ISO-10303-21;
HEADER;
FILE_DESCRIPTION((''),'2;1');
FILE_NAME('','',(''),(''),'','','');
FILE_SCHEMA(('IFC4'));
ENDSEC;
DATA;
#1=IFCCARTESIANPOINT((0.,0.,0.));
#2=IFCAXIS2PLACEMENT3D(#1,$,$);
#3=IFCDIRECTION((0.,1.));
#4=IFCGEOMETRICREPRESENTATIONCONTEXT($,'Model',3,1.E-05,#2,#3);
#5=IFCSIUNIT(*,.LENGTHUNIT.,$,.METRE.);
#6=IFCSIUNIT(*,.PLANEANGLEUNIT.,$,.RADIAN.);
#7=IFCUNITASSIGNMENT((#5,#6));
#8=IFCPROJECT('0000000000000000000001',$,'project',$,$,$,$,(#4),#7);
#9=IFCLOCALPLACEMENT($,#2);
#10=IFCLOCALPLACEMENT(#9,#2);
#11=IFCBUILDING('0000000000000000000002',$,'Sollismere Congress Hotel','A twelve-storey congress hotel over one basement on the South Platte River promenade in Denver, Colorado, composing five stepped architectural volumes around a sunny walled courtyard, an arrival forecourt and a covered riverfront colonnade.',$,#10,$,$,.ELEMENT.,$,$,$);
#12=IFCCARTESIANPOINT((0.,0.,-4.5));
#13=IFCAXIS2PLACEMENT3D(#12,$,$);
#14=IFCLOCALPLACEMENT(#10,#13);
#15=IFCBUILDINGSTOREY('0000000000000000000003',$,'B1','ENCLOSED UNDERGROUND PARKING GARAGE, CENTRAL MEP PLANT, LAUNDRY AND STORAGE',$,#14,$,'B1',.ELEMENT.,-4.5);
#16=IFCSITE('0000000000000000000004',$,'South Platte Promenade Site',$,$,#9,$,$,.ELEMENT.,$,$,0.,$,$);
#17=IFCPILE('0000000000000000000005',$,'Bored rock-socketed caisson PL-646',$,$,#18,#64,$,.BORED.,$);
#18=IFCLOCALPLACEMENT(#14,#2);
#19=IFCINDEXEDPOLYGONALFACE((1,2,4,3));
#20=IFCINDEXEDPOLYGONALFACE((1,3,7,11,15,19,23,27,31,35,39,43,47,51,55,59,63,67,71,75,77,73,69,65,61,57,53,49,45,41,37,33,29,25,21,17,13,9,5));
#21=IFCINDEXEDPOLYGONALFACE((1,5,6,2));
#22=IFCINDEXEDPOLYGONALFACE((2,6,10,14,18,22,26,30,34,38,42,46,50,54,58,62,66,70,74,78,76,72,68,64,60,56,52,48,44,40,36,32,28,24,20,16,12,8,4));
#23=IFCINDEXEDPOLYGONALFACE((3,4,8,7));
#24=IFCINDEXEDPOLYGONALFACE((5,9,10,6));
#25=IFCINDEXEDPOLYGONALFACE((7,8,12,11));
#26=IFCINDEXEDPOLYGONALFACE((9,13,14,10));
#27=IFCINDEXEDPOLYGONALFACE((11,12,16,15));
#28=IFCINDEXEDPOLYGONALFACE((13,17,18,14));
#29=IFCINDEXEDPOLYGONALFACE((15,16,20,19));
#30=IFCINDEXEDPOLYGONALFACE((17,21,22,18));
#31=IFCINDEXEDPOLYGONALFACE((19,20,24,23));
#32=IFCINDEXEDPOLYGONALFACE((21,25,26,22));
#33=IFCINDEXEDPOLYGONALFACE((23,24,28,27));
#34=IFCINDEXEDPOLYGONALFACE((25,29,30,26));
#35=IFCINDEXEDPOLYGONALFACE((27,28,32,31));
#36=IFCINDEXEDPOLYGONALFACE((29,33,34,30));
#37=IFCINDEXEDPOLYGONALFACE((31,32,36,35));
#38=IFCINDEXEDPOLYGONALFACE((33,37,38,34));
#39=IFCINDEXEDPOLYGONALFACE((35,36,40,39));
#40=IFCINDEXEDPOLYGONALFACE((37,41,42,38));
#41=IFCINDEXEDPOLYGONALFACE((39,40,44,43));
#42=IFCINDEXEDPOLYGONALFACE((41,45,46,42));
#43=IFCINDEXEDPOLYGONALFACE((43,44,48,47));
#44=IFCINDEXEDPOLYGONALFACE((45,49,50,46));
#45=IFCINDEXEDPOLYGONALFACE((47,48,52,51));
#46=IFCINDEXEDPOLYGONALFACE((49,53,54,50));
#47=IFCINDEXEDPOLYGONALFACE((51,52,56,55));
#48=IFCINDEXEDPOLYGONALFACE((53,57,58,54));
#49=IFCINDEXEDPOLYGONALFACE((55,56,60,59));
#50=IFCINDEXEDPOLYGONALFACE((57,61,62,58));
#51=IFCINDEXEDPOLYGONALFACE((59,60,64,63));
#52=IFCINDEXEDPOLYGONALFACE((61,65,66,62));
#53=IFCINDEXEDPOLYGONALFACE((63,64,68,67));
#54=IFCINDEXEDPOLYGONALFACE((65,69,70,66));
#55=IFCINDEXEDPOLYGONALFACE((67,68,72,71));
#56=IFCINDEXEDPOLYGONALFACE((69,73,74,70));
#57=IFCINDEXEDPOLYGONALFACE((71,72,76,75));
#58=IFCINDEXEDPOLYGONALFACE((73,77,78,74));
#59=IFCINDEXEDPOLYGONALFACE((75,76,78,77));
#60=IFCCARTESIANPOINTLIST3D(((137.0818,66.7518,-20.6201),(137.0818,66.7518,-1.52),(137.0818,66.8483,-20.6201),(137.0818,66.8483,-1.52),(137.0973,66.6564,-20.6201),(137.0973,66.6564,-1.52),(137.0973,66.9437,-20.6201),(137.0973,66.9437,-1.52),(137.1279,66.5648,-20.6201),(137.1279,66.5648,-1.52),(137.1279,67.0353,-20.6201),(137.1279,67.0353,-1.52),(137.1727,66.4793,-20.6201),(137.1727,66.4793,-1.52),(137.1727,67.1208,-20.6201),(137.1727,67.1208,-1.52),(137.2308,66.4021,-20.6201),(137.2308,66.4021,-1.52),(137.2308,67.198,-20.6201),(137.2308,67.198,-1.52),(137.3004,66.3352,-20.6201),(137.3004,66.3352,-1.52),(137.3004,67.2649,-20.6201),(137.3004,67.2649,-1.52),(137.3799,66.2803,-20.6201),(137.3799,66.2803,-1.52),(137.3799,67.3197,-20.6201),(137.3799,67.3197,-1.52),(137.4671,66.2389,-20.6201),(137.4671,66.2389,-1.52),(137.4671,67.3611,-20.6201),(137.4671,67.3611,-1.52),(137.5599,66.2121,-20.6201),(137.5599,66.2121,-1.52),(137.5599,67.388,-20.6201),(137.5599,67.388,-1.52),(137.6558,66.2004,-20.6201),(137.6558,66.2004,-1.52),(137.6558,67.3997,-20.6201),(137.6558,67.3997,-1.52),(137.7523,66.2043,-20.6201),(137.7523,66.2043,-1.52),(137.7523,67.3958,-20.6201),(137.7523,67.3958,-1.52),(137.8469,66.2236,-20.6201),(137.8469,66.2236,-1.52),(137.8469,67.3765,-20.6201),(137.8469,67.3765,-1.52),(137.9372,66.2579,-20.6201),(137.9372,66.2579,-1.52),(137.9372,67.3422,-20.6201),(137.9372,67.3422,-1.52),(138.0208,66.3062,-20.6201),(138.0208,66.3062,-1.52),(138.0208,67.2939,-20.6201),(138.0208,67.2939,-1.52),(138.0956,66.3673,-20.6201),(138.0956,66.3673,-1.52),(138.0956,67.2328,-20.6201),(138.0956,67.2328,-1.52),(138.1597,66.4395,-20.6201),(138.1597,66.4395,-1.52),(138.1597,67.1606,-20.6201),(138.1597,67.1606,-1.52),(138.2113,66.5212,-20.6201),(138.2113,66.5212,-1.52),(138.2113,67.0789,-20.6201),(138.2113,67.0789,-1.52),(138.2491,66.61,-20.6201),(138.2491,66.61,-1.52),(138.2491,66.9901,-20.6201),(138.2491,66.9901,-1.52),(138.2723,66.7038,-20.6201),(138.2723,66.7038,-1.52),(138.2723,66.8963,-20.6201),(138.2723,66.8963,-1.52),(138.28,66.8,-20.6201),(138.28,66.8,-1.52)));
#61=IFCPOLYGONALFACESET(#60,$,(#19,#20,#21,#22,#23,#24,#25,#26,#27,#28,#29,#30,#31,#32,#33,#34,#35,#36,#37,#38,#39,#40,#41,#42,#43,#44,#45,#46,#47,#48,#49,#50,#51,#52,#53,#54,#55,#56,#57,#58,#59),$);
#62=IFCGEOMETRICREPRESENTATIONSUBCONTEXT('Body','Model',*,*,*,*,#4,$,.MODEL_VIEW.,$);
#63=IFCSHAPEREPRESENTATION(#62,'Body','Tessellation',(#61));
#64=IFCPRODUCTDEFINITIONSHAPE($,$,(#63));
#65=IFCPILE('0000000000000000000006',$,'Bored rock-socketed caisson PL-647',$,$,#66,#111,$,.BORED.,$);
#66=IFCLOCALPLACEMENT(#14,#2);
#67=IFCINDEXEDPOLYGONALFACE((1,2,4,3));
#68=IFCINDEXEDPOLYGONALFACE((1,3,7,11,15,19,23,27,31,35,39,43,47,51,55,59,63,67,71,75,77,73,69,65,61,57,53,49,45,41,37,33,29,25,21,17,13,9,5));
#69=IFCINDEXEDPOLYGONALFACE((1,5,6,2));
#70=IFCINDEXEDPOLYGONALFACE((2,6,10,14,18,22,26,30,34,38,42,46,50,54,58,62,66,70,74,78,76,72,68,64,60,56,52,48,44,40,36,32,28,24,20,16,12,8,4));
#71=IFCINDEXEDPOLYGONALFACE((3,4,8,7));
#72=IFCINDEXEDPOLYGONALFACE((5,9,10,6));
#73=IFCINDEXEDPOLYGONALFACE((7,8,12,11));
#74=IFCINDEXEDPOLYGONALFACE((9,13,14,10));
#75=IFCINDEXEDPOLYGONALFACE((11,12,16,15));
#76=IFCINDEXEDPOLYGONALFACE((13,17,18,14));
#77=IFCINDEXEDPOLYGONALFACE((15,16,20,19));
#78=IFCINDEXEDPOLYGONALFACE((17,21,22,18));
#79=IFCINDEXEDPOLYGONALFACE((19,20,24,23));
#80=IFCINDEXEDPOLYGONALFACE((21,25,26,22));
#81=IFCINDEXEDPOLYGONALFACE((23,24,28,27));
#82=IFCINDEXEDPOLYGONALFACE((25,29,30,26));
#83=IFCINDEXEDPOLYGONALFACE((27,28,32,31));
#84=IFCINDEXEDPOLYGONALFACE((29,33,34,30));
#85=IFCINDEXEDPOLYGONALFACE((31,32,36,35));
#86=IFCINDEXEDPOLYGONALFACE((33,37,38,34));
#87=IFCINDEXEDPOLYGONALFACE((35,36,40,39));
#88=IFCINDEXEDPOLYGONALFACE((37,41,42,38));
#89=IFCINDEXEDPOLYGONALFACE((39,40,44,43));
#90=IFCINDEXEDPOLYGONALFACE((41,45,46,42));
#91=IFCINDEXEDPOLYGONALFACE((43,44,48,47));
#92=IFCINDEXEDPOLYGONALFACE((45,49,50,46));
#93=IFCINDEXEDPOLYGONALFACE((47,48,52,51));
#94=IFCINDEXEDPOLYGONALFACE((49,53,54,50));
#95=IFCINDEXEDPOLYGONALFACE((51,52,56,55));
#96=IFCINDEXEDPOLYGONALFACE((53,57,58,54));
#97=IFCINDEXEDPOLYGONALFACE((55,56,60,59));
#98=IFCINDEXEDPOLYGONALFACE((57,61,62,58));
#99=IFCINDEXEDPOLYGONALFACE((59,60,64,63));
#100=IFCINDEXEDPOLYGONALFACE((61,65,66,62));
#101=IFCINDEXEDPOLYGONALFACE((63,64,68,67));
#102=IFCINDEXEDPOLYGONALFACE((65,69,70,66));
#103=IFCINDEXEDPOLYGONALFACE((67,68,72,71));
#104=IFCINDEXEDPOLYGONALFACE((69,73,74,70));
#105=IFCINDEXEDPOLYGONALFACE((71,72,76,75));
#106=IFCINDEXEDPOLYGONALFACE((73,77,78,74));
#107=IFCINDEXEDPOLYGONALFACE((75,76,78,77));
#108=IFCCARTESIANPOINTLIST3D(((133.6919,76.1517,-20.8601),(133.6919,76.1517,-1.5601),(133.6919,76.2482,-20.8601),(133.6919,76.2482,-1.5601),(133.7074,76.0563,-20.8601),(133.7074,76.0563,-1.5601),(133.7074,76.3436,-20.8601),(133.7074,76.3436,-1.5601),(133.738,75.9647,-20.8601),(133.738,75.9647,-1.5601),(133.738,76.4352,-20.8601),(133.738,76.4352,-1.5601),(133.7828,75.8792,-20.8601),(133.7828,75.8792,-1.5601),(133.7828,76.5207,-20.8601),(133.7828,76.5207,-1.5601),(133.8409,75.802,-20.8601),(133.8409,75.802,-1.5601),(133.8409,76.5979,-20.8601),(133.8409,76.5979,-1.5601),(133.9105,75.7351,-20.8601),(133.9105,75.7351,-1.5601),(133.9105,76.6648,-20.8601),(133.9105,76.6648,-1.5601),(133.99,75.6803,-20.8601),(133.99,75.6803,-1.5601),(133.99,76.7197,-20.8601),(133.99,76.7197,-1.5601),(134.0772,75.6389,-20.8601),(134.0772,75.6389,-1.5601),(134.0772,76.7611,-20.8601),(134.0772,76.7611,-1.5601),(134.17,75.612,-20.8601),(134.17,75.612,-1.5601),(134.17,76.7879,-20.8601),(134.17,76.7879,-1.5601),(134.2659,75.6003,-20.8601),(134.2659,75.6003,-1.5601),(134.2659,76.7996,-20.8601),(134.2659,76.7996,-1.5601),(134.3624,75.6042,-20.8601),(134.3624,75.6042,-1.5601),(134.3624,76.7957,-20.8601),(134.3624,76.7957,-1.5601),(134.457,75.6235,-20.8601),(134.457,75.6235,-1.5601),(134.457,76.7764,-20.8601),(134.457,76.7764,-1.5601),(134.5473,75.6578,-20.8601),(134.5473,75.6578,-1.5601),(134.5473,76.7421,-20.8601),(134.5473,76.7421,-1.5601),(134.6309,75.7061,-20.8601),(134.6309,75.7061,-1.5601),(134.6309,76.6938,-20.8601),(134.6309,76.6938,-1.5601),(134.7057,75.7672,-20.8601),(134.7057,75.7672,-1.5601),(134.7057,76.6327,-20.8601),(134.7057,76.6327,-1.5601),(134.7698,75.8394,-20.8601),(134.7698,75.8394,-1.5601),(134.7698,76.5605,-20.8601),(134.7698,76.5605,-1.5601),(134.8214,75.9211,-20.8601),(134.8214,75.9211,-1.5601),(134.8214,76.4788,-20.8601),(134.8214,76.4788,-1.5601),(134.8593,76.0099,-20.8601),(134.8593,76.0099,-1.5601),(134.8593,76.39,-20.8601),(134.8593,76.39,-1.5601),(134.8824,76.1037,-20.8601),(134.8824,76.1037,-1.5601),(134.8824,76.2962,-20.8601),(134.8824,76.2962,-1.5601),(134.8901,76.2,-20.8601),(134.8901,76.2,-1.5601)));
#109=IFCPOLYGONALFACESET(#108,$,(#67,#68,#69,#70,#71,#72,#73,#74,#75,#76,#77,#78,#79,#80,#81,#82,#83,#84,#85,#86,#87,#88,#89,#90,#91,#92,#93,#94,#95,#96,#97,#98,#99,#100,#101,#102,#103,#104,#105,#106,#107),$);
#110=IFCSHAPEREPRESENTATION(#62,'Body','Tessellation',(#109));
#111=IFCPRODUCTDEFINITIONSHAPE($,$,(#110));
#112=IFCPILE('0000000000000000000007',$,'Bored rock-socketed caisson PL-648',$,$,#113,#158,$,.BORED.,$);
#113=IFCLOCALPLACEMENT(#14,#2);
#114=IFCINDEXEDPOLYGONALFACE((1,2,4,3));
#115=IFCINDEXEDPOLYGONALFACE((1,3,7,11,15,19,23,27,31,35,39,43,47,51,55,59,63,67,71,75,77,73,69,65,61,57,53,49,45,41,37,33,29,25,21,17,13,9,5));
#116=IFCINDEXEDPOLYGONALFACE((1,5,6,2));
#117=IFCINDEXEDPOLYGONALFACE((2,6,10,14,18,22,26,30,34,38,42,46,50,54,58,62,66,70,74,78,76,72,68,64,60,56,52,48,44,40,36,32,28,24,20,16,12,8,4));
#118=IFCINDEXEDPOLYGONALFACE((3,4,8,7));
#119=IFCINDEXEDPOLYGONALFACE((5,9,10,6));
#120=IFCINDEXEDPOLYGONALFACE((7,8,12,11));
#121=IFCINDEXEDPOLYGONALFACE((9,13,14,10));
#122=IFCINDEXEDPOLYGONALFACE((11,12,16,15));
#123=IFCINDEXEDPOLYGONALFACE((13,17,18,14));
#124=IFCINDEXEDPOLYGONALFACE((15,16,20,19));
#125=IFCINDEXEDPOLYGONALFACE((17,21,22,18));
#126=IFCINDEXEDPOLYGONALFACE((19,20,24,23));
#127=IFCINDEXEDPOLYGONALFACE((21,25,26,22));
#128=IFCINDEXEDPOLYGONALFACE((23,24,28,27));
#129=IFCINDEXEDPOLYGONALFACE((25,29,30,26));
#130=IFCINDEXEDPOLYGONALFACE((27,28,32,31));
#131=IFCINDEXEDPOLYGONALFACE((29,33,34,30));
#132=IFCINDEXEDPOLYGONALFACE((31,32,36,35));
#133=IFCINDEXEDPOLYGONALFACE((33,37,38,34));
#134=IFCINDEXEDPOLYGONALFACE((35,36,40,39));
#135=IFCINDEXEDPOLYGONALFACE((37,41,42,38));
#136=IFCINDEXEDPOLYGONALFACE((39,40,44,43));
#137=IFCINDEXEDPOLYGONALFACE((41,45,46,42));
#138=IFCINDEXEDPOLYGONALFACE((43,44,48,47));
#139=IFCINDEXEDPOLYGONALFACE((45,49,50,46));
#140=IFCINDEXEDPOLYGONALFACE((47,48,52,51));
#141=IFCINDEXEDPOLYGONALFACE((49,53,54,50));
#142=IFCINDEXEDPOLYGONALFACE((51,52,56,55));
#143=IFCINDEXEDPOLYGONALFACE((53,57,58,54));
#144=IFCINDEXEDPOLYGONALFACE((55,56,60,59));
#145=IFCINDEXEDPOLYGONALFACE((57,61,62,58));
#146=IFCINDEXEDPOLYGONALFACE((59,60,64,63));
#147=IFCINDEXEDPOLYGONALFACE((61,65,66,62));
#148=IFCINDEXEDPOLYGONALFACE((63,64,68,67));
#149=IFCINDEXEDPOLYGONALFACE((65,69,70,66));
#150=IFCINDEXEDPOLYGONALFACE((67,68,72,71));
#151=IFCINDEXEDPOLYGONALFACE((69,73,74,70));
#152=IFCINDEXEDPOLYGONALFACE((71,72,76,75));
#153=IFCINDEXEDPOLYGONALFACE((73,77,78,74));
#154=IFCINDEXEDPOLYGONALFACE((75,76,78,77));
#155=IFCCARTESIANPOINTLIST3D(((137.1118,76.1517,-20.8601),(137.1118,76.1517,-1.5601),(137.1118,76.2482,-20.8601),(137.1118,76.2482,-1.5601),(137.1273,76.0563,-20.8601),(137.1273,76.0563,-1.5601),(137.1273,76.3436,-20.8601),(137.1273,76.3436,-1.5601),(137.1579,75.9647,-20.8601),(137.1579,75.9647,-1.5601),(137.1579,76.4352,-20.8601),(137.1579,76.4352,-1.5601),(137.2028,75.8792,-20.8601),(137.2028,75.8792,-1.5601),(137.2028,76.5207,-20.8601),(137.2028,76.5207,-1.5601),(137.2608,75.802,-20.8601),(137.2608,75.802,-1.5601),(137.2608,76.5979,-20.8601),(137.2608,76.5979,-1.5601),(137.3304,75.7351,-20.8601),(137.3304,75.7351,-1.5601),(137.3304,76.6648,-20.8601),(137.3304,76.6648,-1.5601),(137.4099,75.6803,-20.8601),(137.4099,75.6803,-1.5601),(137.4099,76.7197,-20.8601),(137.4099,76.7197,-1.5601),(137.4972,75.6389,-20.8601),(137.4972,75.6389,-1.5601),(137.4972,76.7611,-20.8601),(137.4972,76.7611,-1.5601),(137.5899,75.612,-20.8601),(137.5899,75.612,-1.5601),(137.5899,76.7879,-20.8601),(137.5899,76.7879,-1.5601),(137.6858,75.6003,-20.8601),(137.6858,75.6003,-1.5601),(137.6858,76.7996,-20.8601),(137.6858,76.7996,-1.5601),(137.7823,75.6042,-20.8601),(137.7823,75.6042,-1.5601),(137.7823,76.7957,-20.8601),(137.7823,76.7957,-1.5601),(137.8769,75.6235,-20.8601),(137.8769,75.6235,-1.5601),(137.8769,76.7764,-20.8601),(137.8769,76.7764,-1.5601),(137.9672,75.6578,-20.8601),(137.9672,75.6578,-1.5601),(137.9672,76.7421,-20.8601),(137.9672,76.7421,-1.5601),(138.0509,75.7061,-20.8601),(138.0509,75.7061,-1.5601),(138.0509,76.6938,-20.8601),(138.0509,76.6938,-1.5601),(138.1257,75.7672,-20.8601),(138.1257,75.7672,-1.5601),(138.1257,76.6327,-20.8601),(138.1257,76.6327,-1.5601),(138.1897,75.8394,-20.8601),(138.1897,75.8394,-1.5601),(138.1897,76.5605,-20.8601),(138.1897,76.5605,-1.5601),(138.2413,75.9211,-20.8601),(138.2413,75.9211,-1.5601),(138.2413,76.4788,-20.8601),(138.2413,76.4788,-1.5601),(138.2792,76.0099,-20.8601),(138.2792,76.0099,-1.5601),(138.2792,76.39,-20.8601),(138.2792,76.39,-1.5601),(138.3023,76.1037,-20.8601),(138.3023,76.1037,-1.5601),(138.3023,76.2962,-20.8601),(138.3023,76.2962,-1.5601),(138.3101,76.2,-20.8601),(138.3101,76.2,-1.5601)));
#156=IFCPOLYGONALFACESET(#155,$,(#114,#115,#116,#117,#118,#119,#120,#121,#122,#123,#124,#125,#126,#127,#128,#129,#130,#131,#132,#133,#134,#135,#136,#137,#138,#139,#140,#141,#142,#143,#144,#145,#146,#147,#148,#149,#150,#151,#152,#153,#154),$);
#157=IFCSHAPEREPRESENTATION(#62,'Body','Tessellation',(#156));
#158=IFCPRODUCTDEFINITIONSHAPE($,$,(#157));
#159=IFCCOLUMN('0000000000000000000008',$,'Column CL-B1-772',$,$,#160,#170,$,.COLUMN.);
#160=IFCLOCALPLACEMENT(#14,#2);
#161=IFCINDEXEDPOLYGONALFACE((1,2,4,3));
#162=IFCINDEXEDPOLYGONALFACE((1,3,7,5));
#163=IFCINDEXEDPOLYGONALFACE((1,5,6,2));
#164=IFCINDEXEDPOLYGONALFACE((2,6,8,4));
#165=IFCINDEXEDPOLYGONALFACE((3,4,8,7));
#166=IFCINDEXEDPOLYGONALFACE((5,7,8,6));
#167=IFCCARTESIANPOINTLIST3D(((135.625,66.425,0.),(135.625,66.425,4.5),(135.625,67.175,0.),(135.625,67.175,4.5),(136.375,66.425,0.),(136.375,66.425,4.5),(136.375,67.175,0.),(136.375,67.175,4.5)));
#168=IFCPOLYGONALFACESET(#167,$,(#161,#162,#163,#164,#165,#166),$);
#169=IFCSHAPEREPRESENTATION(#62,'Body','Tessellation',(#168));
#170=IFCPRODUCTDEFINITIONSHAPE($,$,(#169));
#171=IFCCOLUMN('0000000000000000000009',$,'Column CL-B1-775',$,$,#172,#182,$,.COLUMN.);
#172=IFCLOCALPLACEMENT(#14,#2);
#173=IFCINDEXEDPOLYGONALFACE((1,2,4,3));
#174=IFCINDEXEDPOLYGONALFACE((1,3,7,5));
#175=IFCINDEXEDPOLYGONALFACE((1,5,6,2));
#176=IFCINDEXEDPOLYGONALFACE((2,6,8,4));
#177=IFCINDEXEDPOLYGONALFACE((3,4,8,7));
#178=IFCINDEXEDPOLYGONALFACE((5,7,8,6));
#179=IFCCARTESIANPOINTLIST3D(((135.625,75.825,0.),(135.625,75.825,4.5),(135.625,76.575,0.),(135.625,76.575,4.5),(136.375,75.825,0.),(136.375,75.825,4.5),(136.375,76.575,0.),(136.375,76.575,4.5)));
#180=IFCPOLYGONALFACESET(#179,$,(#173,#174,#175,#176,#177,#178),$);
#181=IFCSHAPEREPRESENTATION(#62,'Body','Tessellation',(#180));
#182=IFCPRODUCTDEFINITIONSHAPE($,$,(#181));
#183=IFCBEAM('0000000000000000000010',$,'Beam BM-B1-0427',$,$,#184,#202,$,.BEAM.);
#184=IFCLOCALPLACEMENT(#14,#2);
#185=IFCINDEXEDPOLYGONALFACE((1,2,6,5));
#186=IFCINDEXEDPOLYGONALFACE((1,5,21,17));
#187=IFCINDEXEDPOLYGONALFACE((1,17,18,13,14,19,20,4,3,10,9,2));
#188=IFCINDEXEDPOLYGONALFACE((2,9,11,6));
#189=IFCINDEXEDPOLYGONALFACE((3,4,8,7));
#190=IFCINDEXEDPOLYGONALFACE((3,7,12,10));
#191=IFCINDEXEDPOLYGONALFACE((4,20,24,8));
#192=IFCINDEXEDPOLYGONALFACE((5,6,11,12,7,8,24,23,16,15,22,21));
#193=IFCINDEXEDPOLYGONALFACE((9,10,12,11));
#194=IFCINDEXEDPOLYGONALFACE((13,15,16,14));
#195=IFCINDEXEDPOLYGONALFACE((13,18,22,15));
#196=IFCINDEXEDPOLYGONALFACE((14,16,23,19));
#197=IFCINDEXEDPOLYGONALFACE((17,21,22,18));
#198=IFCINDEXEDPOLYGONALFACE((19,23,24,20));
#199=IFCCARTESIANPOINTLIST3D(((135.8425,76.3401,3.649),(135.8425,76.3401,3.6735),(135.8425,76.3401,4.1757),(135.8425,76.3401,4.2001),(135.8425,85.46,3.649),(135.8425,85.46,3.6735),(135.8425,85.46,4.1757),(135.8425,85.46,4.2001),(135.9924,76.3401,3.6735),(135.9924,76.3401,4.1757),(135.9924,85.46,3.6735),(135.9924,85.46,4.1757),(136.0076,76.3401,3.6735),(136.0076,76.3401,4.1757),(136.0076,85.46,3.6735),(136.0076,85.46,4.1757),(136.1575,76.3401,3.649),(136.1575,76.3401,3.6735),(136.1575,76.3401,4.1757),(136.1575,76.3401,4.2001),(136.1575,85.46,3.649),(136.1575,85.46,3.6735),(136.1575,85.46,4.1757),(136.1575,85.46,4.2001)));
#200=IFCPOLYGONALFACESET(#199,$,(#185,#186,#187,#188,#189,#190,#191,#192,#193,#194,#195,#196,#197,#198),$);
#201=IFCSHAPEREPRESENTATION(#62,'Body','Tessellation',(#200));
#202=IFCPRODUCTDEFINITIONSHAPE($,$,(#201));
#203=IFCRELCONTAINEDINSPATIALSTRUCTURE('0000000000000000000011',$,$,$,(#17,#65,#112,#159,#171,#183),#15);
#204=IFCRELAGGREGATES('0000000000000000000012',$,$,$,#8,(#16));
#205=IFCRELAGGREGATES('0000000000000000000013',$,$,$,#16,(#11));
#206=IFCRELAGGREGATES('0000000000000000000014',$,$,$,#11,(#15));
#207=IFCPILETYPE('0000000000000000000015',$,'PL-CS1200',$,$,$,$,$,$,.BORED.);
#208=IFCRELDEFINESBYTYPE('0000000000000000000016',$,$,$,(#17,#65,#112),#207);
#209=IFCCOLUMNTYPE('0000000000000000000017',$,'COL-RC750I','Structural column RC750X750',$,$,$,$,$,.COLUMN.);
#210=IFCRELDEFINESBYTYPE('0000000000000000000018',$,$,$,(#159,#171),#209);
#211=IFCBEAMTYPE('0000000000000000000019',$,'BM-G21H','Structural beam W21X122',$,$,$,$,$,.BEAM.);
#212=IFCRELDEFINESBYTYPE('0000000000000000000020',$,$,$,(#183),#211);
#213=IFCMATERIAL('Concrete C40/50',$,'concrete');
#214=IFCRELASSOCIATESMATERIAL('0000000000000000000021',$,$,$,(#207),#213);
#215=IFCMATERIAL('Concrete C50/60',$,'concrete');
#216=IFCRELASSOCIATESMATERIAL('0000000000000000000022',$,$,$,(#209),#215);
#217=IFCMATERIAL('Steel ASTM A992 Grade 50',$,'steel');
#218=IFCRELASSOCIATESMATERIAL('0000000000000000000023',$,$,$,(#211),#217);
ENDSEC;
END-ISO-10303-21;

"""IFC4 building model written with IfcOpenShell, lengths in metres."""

from ifc_helpers import new_model, si_unit, direction, frame, origin, origin_2d, place, context, subcontext, project, spatial, rectangle, circle, i_section, extrude, material, material_profile, profile_set, type_object, element, save


model = new_model("IFC4")

# Units and contexts
model_context = context("Model", 3, precision=1e-05, world=origin(), true_north=direction((0.0, 1.0)))
body_context = subcontext(model_context, "Body", "Model", "MODEL_VIEW")
ifc_project = project(units=[si_unit("LENGTHUNIT", "METRE"), si_unit("PLANEANGLEUNIT", "RADIAN")], contexts=[model_context])

# Site, building, storey
site_placement = place(None, origin())
site = spatial("IfcSite", under=ifc_project, at=site_placement, Name="South Platte Promenade Site", CompositionType="ELEMENT", RefElevation=0.0)
building_placement = place(site_placement, origin())
building = spatial("IfcBuilding", under=site, at=building_placement, Name="Sollismere Congress Hotel", Description="A twelve-storey congress hotel over one basement on the South Platte River promenade in Denver, Colorado, composing five stepped architectural volumes around a sunny walled courtyard, an arrival forecourt and a covered riverfront colonnade.", CompositionType="ELEMENT")
storey_placement = place(building_placement, frame((0.0, 0.0, -4.5)))
storey = spatial("IfcBuildingStorey", under=building, at=storey_placement, Name="B1", Description="ENCLOSED UNDERGROUND PARKING GARAGE, CENTRAL MEP PLANT, LAUNDRY AND STORAGE", LongName="B1", CompositionType="ELEMENT", Elevation=-4.5)

# Shared definitions
ifc_material_1 = material(Name="Concrete C40/50", Category="concrete")

# Piles
ifc_material_profile_1 = material_profile(ifc_material_1, circle(Radius=0.6001, at=origin_2d()), Name="CAISSON1200")
ifc_profile_set_1 = profile_set([ifc_material_profile_1], Name="Concrete C40/50")
pile_type = type_object("IfcPileType", Name="PL-CS1200", PredefinedType="BORED", material=ifc_profile_set_1)
for number, where, z_axis, x_axis, name in (
    (1, (137.6799, 66.8, -1.52), (0.0, 0.0, -1.0), (1.0, 0.0, 0.0), "Bored rock-socketed caisson PL-646"),
):
    element("IfcPile", number, at=place(storey_placement, frame(where, z_axis=z_axis, x_axis=x_axis)), inside=storey, type_object=pile_type, Name=name, PredefinedType="BORED", context=body_context, shape_type="SweptSolid", body=[
        extrude(circle(Radius=0.6001, at=origin_2d()), origin(), (0.0, 0.0, 1.0), 19.1001),
    ])
for number, where, z_axis, x_axis, name in (
    (2, (134.29, 76.2, -1.5601), (0.0, 0.0, -1.0), (1.0, 0.0, 0.0), "Bored rock-socketed caisson PL-647"),
    (3, (137.71, 76.2, -1.5601), (0.0, 0.0, -1.0), (1.0, 0.0, 0.0), "Bored rock-socketed caisson PL-648"),
):
    element("IfcPile", number, at=place(storey_placement, frame(where, z_axis=z_axis, x_axis=x_axis)), inside=storey, type_object=pile_type, Name=name, PredefinedType="BORED", context=body_context, shape_type="SweptSolid", body=[
        extrude(circle(Radius=0.6001, at=origin_2d()), origin(), (0.0, 0.0, 1.0), 19.3),
    ])

# Columns
ifc_material_2 = material(Name="Concrete C50/60", Category="concrete")
ifc_material_profile_2 = material_profile(ifc_material_2, rectangle(XDim=0.75, YDim=0.75, at=origin_2d()), Name="RC750X750")
ifc_profile_set_2 = profile_set([ifc_material_profile_2], Name="Concrete C50/60")
column_type = type_object("IfcColumnType", Name="COL-RC750I", Description="Structural column RC750X750", PredefinedType="COLUMN", material=ifc_profile_set_2)
for number, where, z_axis, x_axis, name in (
    (4, (136.0, 66.8, 0.0), (0.0, 0.0, 1.0), (0.0, 1.0, 0.0), "Column CL-B1-772"),
    (5, (136.0, 76.2, 0.0), (0.0, 0.0, 1.0), (1.0, 0.0, 0.0), "Column CL-B1-775"),
):
    element("IfcColumn", number, at=place(storey_placement, frame(where, z_axis=z_axis, x_axis=x_axis)), inside=storey, type_object=column_type, Name=name, PredefinedType="COLUMN", context=body_context, shape_type="SweptSolid", body=[
        extrude(rectangle(XDim=0.75, YDim=0.75, at=origin_2d()), origin(), (0.0, 0.0, 1.0), 4.5),
    ])

# Beam
ifc_material_3 = material(Name="Steel ASTM A992 Grade 50", Category="steel")
ifc_material_profile_3 = material_profile(ifc_material_3, i_section(OverallWidth=0.3149, OverallDepth=0.551, WebThickness=0.0151, FlangeThickness=0.0244, at=origin_2d()), Name="W21X122")
ifc_profile_set_3 = profile_set([ifc_material_profile_3], Name="Steel ASTM A992 Grade 50")
beam_type_1 = type_object("IfcBeamType", Name="BM-G21H", Description="Structural beam W21X122", PredefinedType="BEAM", material=ifc_profile_set_3)
beam_placement = place(storey_placement, frame((136.0, 76.3401, 3.9246), z_axis=(0.0, 1.0, 0.0), x_axis=(-1.0, 0.0, 0.0)))
element("IfcBeam", 6, at=beam_placement, inside=storey, type_object=beam_type_1, Name="Beam BM-B1-0427", PredefinedType="BEAM", context=body_context, shape_type="SweptSolid", body=[
    extrude(i_section(OverallWidth=0.3149, OverallDepth=0.551, WebThickness=0.0151, FlangeThickness=0.0244, at=origin_2d()), origin(), (0.0, 0.0, 1.0), 9.1199),
])

save(model, "model.ifc")
